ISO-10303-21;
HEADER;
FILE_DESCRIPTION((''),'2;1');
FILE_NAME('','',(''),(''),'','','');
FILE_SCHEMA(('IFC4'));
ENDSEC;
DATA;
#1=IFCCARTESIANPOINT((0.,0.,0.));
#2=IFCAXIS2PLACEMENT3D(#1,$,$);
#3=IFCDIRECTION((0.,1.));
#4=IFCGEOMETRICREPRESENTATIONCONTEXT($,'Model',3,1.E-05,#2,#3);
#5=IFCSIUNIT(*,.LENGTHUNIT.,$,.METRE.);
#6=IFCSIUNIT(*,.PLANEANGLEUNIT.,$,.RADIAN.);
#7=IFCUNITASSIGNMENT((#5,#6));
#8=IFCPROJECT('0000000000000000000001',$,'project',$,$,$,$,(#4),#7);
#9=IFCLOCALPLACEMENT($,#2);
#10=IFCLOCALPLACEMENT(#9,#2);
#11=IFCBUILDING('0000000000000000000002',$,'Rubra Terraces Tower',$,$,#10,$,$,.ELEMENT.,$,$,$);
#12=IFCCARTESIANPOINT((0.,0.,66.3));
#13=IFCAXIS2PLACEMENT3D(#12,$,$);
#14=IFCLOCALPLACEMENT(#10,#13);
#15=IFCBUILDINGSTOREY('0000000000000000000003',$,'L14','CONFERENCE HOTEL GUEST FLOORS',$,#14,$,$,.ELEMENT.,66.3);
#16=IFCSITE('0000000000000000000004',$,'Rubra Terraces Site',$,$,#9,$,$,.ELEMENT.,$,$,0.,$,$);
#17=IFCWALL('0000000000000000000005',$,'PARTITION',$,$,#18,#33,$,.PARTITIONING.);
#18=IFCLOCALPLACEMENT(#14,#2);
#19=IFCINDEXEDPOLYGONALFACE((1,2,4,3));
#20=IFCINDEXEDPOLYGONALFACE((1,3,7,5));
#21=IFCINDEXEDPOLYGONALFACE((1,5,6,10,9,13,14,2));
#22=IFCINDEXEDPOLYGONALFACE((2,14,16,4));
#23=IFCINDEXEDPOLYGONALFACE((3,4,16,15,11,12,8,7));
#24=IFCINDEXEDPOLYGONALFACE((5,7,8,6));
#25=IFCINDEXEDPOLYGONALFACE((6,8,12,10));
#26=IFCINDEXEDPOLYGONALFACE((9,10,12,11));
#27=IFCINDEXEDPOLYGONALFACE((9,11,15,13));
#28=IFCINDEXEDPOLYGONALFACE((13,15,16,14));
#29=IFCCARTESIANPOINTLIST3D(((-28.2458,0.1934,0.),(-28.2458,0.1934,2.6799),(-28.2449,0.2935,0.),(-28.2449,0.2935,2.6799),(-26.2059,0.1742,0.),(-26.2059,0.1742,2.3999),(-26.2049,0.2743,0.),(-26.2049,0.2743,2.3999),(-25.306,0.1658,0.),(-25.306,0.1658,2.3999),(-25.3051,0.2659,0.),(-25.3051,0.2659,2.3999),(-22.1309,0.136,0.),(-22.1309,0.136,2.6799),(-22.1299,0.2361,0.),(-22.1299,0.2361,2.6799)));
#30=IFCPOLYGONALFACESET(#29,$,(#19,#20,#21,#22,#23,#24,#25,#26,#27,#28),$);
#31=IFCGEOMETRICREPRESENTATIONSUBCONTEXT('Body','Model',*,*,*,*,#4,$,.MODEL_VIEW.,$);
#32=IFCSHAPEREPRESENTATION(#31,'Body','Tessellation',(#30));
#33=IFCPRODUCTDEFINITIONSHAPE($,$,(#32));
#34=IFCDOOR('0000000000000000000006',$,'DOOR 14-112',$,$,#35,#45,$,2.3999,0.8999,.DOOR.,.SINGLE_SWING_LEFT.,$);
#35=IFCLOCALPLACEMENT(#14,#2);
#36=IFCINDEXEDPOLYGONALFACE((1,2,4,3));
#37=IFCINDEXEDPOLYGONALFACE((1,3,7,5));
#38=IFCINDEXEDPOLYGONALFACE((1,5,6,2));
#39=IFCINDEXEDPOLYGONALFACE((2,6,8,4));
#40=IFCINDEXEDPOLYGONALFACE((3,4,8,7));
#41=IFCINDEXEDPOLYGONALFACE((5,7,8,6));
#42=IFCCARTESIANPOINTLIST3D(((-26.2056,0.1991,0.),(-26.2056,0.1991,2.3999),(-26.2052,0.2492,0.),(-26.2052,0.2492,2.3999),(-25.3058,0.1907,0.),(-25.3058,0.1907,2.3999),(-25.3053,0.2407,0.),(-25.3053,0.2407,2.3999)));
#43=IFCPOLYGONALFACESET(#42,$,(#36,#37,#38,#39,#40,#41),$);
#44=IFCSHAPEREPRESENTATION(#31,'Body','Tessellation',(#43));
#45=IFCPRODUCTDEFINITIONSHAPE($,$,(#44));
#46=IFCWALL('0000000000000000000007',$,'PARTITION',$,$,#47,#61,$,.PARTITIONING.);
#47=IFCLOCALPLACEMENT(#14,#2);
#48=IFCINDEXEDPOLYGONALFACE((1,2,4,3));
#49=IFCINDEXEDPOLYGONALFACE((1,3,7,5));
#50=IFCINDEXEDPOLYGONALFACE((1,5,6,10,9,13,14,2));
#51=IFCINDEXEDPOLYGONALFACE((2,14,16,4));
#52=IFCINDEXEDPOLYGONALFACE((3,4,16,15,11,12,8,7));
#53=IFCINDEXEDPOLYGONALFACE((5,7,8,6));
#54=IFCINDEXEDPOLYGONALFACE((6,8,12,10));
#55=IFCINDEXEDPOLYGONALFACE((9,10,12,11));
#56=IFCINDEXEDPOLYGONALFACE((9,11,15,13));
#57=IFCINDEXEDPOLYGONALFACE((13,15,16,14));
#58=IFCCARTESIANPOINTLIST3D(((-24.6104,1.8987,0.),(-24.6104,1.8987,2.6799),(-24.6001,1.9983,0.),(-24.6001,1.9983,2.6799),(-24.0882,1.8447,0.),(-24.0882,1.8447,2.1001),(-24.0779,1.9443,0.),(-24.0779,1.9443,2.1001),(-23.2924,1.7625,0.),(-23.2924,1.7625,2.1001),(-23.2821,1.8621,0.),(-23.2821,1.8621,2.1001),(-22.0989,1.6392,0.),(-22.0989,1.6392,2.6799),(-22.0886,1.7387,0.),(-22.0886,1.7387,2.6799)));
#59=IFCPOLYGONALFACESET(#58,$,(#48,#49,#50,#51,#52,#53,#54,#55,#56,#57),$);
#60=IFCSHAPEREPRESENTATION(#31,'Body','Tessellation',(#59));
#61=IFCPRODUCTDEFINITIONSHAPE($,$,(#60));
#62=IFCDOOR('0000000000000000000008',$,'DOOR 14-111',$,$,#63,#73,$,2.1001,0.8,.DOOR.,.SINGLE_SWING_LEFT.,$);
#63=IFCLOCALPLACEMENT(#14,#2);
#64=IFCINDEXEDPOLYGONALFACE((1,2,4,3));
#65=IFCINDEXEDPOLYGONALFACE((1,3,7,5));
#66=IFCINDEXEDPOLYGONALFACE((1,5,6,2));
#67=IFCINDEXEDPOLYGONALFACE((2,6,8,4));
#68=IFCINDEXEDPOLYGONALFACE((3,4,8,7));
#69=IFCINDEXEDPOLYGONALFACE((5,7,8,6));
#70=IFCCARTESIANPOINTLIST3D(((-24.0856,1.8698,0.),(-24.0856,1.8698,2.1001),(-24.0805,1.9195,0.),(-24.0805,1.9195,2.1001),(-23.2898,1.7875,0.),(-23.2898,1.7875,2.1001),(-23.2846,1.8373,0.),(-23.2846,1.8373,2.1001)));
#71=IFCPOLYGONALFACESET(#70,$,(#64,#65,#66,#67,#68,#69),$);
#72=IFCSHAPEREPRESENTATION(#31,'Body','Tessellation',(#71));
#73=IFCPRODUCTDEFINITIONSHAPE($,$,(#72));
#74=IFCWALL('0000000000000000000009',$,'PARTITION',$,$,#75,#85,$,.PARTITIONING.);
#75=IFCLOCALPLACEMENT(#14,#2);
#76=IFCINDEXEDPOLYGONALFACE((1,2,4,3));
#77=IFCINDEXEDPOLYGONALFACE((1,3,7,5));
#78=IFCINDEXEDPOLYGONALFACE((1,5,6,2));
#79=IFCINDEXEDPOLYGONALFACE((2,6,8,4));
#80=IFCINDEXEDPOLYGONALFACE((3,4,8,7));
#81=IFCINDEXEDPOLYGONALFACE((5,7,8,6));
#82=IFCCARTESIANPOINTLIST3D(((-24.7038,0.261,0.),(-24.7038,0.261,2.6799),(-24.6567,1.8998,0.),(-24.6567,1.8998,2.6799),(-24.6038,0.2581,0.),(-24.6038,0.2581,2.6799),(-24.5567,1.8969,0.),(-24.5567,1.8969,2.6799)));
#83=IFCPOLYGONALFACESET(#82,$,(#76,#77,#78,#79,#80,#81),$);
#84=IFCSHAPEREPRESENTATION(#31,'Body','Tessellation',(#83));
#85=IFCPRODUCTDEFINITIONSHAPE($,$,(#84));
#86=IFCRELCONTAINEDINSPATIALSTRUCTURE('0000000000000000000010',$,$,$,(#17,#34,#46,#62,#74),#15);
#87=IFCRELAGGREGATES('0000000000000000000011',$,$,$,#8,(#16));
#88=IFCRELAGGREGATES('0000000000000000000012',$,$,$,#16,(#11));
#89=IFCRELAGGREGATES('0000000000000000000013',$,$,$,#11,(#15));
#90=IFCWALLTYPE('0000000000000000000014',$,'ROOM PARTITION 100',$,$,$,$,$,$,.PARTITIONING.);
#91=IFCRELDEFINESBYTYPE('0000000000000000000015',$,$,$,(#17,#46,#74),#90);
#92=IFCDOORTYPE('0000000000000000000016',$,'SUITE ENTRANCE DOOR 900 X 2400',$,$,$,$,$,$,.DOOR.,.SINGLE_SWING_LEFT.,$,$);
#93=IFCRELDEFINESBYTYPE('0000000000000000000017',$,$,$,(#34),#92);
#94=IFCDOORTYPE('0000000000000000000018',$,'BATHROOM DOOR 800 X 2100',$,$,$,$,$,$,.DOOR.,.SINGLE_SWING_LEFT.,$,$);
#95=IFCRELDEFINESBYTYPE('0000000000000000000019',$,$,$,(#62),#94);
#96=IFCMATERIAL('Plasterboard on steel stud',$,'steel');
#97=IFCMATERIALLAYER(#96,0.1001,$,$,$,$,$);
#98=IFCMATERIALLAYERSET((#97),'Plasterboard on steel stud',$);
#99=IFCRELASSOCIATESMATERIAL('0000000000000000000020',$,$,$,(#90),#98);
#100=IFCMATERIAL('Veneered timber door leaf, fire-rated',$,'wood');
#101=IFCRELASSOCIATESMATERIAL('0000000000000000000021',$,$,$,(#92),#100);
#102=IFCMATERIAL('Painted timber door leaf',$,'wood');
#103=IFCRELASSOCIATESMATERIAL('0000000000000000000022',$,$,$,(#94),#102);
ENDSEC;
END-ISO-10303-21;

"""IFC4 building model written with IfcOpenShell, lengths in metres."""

from ifc_helpers import new_model, si_unit, direction, frame, frame_2d, origin, place, context, subcontext, project, spatial, rectangle, extrude, material, layer, layer_set, type_object, element, fill, save


model = new_model("IFC4")

# Units and contexts
model_context = context("Model", 3, precision=1e-05, world=origin(), true_north=direction((0.0, 1.0)))
body_context = subcontext(model_context, "Body", "Model", "MODEL_VIEW")
ifc_project = project(units=[si_unit("LENGTHUNIT", "METRE"), si_unit("PLANEANGLEUNIT", "RADIAN")], contexts=[model_context])

# Site, building, storey
site_placement = place(None, origin())
site = spatial("IfcSite", under=ifc_project, at=site_placement, Name="Rubra Terraces Site", CompositionType="ELEMENT", RefElevation=0.0)
building_placement = place(site_placement, origin())
building = spatial("IfcBuilding", under=site, at=building_placement, Name="Rubra Terraces Tower", CompositionType="ELEMENT")
storey_placement = place(building_placement, frame((0.0, 0.0, 66.3)))
storey = spatial("IfcBuildingStorey", under=building, at=storey_placement, Name="L14", Description="CONFERENCE HOTEL GUEST FLOORS", CompositionType="ELEMENT", Elevation=66.3)

# Shared definitions
ifc_material_1 = material(Name="Painted timber door leaf", Category="wood")

# Walls, openings, doors
ifc_material_2 = material(Name="Plasterboard on steel stud", Category="steel")
ifc_layer_1 = layer(ifc_material_2, 0.1001)
ifc_layer_set_1 = layer_set([ifc_layer_1], Name="Plasterboard on steel stud")
wall_type_1 = type_object("IfcWallType", Name="ROOM PARTITION 100", PredefinedType="PARTITIONING", material=ifc_layer_set_1)
wall_1_placement = place(storey_placement, frame((-28.2454, 0.2434, 0.0), z_axis=(0.0, 0.0, 1.0), x_axis=(0.999956, -0.009382, 0.0)))
wall_1 = element("IfcWall", 1, at=wall_1_placement, inside=storey, type_object=wall_type_1, Name="PARTITION", PredefinedType="PARTITIONING", context=body_context, shape_type="SweptSolid", body=[
    extrude(rectangle(XDim=6.1152, YDim=0.1001, at=frame_2d((3.0576, 0.0))), origin(), (0.0, 0.0, 1.0), 2.6799),
])
opening_1_placement = place(wall_1_placement, frame((2.04, 0.0, 0.0)))
opening_1 = element("IfcOpeningElement", 2, at=opening_1_placement, cuts=wall_1, PredefinedType="OPENING", context=body_context, shape_type="SweptSolid", body=[
    extrude(rectangle(XDim=0.8999, YDim=2.3999, at=frame_2d((0.45, 1.2))), frame((0.0, 0.0601, 0.0), z_axis=(0.0, -1.0, 0.0), x_axis=(1.0, 0.0, 0.0)), (0.0, 0.0, 1.0), 0.1201),
])
ifc_material_3 = material(Name="Veneered timber door leaf, fire-rated", Category="wood")
door_type_1 = type_object("IfcDoorType", Name="SUITE ENTRANCE DOOR 900 X 2400", OperationType="SINGLE_SWING_LEFT", PredefinedType="DOOR", material=ifc_material_3)
door_1_placement = place(opening_1_placement, origin())
door_1 = element("IfcDoor", 3, at=door_1_placement, inside=storey, type_object=door_type_1, Name="DOOR 14-112", OperationType="SINGLE_SWING_LEFT", OverallHeight=2.3999, OverallWidth=0.8999, PredefinedType="DOOR", context=body_context, shape_type="SweptSolid", body=[
    extrude(rectangle(XDim=0.8999, YDim=2.3999, at=frame_2d((0.45, 1.2))), frame((0.0, 0.0249, 0.0), z_axis=(0.0, -1.0, 0.0), x_axis=(1.0, 0.0, 0.0)), (0.0, 0.0, 1.0), 0.05),
])
fill(opening_1, door_1)
wall_2_placement = place(storey_placement, frame((-22.0938, 1.689, 0.0), z_axis=(0.0, 0.0, 1.0), x_axis=(-0.994703, 0.102787, 0.0)))
wall_2 = element("IfcWall", 4, at=wall_2_placement, inside=storey, type_object=wall_type_1, Name="PARTITION", PredefinedType="PARTITIONING", context=body_context, shape_type="SweptSolid", body=[
    extrude(rectangle(XDim=2.5249, YDim=0.1001, at=frame_2d((1.2625, 0.0))), origin(), (0.0, 0.0, 1.0), 2.6799),
])
opening_2_placement = place(wall_2_placement, frame((1.2, 0.0, 0.0)))
opening_2 = element("IfcOpeningElement", 5, at=opening_2_placement, cuts=wall_2, PredefinedType="OPENING", context=body_context, shape_type="SweptSolid", body=[
    extrude(rectangle(XDim=0.8, YDim=2.1001, at=frame_2d((0.3999, 1.05))), frame((0.0, 0.0601, 0.0), z_axis=(0.0, -1.0, 0.0), x_axis=(1.0, 0.0, 0.0)), (0.0, 0.0, 1.0), 0.1201),
])
door_type_2 = type_object("IfcDoorType", Name="BATHROOM DOOR 800 X 2100", OperationType="SINGLE_SWING_LEFT", PredefinedType="DOOR", material=ifc_material_1)
door_2_placement = place(opening_2_placement, origin())
door_2 = element("IfcDoor", 6, at=door_2_placement, inside=storey, type_object=door_type_2, Name="DOOR 14-111", OperationType="SINGLE_SWING_LEFT", OverallHeight=2.1001, OverallWidth=0.8, PredefinedType="DOOR", context=body_context, shape_type="SweptSolid", body=[
    extrude(rectangle(XDim=0.8, YDim=2.1001, at=frame_2d((0.3999, 1.05))), frame((0.0, 0.0249, 0.0), z_axis=(0.0, -1.0, 0.0), x_axis=(1.0, 0.0, 0.0)), (0.0, 0.0, 1.0), 0.05),
])
fill(opening_2, door_2)

# Wall
wall_3_placement = place(storey_placement, frame((-24.6067, 1.8984, 0.0), z_axis=(0.0, 0.0, 1.0), x_axis=(-0.028743, -0.999587, 0.0)))
element("IfcWall", 7, at=wall_3_placement, inside=storey, type_object=wall_type_1, Name="PARTITION", PredefinedType="PARTITIONING", context=body_context, shape_type="SweptSolid", body=[
    extrude(rectangle(XDim=1.6394, YDim=0.1001, at=frame_2d((0.8198, 0.0))), origin(), (0.0, 0.0, 1.0), 2.6799),
])

save(model, "model.ifc")
